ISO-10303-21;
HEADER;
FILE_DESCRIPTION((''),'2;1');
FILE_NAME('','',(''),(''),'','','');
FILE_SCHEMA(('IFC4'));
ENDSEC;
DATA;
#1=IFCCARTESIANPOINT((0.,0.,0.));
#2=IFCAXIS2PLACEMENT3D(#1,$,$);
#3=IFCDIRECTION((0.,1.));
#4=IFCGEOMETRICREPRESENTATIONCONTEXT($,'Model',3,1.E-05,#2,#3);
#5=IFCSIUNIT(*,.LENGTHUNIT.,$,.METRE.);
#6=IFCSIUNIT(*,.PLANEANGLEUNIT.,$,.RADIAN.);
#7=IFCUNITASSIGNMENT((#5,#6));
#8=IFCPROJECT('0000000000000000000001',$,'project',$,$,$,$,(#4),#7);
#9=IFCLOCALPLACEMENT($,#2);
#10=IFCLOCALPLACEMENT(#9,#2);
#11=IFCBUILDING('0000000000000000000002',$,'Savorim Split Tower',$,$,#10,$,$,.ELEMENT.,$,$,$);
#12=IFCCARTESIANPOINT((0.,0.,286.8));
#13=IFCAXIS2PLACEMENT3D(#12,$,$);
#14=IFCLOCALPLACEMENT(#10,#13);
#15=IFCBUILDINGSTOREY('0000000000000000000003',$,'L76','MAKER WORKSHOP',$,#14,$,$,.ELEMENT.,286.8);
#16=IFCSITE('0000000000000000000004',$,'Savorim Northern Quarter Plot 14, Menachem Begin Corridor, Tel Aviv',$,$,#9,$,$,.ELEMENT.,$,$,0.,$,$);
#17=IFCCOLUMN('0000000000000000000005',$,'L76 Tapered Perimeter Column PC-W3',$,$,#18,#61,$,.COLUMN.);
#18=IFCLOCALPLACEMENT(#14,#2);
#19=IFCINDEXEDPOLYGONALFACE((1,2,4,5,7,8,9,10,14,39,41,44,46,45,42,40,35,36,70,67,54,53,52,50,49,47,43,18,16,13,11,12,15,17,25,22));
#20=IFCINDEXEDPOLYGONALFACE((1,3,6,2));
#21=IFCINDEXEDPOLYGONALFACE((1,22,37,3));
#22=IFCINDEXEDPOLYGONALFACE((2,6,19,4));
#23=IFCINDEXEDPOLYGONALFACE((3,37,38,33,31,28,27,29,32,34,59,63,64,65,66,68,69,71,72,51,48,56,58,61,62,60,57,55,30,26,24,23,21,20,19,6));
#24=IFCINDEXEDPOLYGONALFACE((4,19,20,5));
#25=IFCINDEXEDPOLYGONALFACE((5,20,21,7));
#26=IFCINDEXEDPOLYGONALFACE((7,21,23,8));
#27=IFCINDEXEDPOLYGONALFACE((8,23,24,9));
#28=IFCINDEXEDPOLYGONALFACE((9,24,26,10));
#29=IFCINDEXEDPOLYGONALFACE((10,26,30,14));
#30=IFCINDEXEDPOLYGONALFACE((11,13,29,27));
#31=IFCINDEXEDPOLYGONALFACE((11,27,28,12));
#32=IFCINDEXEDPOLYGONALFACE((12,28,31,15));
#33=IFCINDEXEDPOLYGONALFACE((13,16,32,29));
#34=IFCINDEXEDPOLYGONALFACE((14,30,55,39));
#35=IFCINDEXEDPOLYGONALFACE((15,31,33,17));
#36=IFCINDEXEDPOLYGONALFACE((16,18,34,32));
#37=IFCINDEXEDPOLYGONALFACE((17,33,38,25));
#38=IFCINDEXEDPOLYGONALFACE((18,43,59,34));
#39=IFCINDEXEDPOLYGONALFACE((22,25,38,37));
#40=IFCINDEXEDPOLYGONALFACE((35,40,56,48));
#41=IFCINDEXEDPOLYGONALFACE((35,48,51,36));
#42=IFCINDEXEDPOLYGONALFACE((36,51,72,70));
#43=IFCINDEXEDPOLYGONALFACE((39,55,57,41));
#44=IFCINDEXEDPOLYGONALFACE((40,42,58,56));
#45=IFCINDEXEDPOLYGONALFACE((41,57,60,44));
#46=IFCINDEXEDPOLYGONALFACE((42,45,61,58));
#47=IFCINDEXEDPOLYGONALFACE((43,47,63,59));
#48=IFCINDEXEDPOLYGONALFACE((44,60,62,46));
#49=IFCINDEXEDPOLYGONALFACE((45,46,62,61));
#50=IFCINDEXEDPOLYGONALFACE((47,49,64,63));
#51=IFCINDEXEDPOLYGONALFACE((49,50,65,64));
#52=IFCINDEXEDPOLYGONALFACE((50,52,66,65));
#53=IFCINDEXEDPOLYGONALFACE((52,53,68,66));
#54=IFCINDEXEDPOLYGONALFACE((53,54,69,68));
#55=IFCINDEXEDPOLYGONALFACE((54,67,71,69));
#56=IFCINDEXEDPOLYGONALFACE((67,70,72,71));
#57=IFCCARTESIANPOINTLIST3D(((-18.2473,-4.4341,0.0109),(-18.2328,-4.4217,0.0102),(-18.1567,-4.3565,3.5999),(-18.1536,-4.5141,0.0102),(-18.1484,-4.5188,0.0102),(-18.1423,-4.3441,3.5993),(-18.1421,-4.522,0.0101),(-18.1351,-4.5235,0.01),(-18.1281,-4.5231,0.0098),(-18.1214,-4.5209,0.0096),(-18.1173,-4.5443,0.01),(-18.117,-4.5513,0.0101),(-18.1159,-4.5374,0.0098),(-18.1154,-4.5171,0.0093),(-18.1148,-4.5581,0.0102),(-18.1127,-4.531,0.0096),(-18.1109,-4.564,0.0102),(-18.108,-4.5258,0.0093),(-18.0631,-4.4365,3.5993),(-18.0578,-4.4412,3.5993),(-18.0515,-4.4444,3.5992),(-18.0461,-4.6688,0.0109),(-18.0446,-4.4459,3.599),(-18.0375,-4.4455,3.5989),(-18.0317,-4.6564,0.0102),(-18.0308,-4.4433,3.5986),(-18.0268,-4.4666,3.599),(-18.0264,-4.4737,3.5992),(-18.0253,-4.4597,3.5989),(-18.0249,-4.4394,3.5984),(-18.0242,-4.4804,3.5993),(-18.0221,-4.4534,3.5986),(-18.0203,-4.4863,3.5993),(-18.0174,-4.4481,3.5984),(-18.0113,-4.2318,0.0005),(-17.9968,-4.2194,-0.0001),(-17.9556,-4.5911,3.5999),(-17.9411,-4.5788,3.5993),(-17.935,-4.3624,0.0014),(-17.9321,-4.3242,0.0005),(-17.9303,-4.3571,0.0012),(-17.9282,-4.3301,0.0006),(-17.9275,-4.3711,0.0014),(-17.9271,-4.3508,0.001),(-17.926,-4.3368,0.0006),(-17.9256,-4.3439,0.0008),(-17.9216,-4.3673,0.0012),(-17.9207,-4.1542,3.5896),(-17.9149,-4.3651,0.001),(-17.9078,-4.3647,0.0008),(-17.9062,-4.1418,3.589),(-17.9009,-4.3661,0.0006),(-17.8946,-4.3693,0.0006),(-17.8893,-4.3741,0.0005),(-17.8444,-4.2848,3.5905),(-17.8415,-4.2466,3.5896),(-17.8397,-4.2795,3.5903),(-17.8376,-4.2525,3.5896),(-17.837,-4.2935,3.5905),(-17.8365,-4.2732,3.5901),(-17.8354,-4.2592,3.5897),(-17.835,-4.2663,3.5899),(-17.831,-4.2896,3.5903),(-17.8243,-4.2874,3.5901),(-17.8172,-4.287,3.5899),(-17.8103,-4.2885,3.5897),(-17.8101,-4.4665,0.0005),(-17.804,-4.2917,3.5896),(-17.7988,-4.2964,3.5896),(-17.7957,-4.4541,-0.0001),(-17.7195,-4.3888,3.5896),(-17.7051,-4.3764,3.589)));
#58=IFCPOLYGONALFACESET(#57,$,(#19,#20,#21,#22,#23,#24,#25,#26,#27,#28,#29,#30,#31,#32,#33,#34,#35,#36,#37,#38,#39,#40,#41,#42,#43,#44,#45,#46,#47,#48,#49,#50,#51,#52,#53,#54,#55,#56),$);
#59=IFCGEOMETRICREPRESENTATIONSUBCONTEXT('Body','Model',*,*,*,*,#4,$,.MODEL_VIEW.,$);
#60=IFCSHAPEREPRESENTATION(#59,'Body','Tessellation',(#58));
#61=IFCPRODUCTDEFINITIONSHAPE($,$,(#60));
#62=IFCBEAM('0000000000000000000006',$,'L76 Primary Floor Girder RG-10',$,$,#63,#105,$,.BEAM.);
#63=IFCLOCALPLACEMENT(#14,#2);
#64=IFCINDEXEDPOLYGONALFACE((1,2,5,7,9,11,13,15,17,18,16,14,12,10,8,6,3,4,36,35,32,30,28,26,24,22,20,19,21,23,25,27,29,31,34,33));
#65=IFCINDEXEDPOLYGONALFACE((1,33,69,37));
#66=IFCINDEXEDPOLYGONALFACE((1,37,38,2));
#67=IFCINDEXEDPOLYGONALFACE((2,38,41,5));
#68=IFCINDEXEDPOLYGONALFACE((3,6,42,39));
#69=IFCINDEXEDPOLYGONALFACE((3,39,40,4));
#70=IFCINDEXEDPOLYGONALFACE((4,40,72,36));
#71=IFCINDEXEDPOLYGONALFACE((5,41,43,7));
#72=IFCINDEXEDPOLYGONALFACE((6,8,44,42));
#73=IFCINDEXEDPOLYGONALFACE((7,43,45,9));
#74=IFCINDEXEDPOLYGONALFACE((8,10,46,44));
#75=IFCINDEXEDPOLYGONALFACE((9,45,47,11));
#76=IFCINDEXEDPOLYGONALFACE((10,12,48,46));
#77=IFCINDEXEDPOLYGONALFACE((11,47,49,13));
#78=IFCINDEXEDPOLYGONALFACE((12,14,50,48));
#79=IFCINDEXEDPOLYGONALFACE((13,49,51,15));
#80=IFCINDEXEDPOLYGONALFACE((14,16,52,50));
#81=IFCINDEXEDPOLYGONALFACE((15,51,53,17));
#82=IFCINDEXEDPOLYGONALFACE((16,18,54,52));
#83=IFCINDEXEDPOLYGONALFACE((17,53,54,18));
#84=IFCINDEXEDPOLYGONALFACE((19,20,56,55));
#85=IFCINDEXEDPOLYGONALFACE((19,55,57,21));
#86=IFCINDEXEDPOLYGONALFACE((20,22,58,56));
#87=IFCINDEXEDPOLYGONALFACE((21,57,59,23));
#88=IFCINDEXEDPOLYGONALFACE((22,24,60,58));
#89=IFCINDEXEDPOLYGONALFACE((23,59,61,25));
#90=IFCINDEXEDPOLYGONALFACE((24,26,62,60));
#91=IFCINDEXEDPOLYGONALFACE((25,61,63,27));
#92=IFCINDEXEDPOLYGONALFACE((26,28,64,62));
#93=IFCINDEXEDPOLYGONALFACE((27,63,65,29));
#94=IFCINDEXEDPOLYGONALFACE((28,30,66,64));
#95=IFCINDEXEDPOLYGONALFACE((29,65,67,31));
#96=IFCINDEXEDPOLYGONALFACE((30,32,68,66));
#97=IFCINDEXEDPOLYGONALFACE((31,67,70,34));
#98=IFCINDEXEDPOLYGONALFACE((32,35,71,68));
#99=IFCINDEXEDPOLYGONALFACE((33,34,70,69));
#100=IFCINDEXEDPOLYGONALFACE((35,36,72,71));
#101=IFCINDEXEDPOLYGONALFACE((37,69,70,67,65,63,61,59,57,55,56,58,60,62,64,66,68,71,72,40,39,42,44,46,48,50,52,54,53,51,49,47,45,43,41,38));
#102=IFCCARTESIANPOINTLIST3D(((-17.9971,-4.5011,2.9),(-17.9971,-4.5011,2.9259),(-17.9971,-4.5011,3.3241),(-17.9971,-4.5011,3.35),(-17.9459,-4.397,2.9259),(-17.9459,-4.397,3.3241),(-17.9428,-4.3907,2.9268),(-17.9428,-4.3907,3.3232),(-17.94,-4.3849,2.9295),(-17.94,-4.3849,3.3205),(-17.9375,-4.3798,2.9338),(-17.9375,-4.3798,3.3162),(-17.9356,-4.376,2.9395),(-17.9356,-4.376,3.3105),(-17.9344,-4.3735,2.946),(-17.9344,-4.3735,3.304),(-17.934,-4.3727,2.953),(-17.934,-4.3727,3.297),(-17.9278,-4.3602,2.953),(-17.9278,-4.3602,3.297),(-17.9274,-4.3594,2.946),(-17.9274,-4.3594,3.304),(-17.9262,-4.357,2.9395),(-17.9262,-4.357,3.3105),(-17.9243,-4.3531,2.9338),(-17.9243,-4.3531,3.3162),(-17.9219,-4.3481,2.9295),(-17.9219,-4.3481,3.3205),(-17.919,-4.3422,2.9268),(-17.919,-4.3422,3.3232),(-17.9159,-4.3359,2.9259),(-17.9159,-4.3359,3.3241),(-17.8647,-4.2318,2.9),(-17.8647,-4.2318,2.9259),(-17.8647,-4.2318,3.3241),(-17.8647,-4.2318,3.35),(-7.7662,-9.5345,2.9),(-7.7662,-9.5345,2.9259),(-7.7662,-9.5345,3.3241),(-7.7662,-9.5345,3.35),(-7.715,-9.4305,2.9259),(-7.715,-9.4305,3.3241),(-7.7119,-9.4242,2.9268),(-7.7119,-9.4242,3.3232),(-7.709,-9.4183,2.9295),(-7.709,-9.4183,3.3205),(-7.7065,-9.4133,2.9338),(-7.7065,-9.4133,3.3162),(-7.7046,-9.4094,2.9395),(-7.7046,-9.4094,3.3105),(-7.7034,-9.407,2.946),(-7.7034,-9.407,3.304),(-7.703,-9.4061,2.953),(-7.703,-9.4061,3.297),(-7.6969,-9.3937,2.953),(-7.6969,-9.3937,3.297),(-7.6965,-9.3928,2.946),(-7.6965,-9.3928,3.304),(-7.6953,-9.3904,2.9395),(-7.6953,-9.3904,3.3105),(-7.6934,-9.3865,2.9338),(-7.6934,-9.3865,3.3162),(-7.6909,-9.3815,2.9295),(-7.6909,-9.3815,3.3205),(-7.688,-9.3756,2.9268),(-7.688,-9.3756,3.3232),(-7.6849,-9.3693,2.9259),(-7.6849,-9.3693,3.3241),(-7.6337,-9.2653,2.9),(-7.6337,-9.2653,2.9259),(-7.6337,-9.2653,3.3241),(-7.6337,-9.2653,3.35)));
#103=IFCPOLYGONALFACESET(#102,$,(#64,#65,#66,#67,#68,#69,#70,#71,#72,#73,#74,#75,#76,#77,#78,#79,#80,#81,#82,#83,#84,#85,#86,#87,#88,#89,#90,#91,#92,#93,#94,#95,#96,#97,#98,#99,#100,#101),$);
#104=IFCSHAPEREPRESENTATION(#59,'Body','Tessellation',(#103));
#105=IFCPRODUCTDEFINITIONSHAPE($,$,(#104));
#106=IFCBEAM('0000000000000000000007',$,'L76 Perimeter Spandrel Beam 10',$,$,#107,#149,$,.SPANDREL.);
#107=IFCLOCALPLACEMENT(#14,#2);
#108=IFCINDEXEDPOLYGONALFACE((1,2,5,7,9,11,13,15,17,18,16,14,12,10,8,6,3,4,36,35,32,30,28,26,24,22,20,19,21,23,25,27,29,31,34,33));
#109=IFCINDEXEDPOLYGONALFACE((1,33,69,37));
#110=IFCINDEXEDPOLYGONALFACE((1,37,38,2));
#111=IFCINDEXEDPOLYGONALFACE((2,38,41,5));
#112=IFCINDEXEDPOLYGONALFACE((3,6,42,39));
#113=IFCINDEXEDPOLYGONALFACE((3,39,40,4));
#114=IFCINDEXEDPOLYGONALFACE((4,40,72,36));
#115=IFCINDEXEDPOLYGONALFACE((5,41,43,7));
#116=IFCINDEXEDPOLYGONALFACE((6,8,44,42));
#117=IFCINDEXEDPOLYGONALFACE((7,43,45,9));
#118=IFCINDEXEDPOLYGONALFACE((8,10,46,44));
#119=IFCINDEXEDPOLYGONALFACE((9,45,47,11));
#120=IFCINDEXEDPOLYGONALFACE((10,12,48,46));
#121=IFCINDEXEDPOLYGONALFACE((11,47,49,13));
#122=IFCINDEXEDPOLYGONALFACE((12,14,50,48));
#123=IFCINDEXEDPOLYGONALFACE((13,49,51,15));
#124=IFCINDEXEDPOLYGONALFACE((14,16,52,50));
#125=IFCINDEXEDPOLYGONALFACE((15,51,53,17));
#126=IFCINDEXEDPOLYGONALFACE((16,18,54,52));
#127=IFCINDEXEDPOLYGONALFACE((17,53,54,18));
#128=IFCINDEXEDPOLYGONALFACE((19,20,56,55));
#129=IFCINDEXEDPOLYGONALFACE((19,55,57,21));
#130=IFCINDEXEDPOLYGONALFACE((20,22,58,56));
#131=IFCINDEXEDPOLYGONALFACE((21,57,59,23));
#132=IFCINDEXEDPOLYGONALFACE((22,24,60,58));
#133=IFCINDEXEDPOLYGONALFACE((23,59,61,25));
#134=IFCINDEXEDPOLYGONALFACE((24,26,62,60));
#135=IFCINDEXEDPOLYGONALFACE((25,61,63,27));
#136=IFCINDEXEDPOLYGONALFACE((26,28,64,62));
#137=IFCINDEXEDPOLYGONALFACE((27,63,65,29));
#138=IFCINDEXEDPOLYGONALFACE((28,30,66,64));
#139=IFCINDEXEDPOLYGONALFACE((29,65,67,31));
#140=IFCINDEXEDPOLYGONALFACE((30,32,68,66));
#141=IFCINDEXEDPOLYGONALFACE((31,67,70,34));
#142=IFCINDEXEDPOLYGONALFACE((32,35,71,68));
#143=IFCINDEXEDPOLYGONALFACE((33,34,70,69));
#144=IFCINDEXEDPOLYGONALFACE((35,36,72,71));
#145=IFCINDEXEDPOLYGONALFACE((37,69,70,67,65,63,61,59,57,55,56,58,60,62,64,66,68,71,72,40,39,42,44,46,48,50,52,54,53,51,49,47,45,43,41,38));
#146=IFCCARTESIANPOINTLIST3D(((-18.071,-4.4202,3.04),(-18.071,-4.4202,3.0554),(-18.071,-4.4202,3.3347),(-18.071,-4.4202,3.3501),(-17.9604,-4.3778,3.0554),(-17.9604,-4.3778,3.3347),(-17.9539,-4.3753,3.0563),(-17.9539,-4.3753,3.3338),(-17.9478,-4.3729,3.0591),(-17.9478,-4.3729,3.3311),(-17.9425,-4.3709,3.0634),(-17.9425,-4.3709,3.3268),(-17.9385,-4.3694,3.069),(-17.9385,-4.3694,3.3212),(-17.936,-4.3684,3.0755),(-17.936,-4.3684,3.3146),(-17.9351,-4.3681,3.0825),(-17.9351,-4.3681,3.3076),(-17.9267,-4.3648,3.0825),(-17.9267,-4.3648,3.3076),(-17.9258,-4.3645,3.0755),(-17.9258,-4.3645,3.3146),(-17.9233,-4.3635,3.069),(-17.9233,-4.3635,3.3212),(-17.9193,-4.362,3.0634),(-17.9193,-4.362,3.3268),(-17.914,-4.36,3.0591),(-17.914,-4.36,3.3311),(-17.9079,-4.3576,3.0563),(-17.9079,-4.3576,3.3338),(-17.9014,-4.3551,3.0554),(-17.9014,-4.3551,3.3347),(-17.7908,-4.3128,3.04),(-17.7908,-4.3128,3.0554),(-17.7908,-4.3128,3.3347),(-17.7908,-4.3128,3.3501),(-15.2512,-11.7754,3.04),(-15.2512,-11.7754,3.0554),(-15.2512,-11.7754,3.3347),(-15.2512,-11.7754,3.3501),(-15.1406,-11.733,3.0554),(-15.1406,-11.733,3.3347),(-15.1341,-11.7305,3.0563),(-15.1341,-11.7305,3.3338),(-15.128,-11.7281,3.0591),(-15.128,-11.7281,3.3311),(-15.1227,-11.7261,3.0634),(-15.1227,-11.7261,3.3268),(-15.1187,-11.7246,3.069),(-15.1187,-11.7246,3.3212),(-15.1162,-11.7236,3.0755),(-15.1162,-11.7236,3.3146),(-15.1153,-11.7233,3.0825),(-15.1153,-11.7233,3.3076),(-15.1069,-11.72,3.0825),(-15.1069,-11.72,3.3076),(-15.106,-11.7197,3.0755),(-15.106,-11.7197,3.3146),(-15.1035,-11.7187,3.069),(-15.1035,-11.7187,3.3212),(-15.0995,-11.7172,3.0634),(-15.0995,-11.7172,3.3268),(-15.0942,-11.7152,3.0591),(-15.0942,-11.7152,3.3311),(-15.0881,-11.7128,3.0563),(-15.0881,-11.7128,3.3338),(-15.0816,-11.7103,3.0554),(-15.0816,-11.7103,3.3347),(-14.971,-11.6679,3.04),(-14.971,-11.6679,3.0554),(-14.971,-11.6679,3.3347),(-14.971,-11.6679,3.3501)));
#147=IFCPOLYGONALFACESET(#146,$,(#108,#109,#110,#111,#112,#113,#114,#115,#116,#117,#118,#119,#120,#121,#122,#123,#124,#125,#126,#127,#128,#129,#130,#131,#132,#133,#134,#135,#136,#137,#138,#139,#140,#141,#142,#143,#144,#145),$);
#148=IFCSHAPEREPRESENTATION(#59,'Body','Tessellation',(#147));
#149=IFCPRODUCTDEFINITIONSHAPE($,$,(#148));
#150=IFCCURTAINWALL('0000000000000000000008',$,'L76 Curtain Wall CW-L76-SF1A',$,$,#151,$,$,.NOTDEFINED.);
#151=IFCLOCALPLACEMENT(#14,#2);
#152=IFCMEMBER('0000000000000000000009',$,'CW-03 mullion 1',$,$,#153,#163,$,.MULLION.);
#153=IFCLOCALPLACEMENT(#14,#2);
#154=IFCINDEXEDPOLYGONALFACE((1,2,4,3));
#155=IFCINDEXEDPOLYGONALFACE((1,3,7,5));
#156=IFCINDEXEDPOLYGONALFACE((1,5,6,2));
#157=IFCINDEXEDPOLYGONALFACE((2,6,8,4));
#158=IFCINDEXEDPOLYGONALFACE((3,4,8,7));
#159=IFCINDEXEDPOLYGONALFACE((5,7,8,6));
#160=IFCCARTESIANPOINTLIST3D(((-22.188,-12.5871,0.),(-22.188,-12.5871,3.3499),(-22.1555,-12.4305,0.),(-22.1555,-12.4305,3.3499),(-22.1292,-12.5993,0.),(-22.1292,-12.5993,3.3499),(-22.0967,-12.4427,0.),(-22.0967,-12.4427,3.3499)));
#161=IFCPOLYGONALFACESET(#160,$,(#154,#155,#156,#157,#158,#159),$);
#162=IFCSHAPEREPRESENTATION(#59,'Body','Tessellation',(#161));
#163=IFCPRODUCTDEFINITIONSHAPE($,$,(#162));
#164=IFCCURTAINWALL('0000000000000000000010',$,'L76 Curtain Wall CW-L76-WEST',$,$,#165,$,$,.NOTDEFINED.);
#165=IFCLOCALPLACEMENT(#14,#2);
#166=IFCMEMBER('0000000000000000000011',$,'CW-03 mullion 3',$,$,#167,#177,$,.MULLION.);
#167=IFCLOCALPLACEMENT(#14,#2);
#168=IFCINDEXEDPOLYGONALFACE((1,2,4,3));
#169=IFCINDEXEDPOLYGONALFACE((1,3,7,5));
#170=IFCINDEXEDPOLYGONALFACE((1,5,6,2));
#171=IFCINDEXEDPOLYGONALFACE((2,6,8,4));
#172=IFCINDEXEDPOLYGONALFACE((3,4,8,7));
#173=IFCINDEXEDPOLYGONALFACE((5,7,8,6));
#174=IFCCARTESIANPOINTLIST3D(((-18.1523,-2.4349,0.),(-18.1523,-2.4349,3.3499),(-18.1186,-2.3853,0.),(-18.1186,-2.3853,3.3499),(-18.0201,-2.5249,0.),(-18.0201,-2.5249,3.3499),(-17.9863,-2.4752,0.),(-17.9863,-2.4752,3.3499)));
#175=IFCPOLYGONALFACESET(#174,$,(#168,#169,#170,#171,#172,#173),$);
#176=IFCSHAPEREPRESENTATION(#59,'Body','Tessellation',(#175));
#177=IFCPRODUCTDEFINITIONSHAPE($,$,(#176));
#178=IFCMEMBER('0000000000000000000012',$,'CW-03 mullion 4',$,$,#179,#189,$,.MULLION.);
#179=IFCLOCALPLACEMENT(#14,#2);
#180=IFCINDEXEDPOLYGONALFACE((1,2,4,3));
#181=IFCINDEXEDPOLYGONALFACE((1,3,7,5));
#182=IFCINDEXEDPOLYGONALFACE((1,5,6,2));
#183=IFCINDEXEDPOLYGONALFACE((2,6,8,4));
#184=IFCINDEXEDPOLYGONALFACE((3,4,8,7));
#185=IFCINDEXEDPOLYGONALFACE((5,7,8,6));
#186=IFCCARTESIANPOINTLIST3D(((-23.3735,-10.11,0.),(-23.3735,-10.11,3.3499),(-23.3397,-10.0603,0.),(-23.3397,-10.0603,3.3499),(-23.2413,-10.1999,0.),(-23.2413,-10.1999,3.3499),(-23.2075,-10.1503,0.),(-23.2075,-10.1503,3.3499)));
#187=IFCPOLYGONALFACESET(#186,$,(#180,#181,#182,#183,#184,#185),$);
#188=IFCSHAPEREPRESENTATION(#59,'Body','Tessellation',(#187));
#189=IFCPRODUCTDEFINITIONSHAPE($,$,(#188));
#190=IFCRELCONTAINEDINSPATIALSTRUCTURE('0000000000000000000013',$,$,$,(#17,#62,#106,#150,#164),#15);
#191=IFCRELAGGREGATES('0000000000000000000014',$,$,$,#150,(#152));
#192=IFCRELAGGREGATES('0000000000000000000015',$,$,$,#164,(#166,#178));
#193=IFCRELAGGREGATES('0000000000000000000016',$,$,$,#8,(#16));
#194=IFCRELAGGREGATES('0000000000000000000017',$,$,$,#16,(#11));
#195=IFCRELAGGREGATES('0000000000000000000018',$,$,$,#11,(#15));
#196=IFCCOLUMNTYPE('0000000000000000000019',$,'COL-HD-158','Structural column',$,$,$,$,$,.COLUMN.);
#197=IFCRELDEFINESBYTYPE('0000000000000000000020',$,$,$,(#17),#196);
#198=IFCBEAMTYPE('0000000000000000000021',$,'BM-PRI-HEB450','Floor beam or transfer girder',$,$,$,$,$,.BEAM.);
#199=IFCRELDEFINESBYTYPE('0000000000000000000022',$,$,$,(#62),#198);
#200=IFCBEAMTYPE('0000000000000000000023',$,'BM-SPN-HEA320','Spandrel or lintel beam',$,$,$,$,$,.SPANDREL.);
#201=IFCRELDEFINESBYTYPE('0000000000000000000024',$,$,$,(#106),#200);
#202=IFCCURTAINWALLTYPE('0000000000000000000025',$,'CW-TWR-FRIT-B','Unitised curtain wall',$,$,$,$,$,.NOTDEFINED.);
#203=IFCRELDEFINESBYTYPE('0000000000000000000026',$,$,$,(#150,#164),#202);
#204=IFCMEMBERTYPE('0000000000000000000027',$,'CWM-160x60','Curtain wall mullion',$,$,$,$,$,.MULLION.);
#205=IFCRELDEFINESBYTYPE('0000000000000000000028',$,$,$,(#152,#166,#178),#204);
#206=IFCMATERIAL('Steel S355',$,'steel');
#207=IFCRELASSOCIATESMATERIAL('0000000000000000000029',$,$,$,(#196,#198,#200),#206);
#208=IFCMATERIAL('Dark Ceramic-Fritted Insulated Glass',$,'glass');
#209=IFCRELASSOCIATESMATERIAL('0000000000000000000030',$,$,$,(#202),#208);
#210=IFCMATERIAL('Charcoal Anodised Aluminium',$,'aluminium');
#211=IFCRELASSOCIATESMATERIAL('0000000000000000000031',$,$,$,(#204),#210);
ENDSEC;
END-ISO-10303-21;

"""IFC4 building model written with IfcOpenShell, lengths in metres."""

from ifc_helpers import new_model, si_unit, direction, frame, origin, origin_2d, place, context, subcontext, project, spatial, rectangle, i_section, extrude, material, material_profile, profile_set, type_object, element, aggregate, save


model = new_model("IFC4")

# Units and contexts
model_context = context("Model", 3, precision=1e-05, world=origin(), true_north=direction((0.0, 1.0)))
body_context = subcontext(model_context, "Body", "Model", "MODEL_VIEW")
ifc_project = project(units=[si_unit("LENGTHUNIT", "METRE"), si_unit("PLANEANGLEUNIT", "RADIAN")], contexts=[model_context])

# Site, building, storey
site_placement = place(None, origin())
site = spatial("IfcSite", under=ifc_project, at=site_placement, Name="Savorim Northern Quarter Plot 14, Menachem Begin Corridor, Tel Aviv", CompositionType="ELEMENT", RefElevation=0.0)
building_placement = place(site_placement, origin())
building = spatial("IfcBuilding", under=site, at=building_placement, Name="Savorim Split Tower", CompositionType="ELEMENT")
storey_placement = place(building_placement, frame((0.0, 0.0, 286.8)))
storey = spatial("IfcBuildingStorey", under=building, at=storey_placement, Name="L76", Description="MAKER WORKSHOP", CompositionType="ELEMENT", Elevation=286.8)

# Column
ifc_material_1 = material(Name="Steel S355", Category="steel")
ifc_material_profile_1 = material_profile(ifc_material_1, i_section(OverallWidth=0.3091, OverallDepth=0.3301, WebThickness=0.0115, FlangeThickness=0.019, FilletRadius=0.0271, at=origin_2d()), Name="HD 320x158")
ifc_profile_set_1 = profile_set([ifc_material_profile_1], Name="Steel S355")
column_type = type_object("IfcColumnType", Name="COL-HD-158", Description="Structural column", PredefinedType="COLUMN", material=ifc_profile_set_1)
column_placement = place(storey_placement, frame((-18.0215, -4.4441, 0.0054), z_axis=(0.025222, 0.021619, 0.999448), x_axis=(-0.650791, 0.759257, 0.0)))
element("IfcColumn", 1, at=column_placement, inside=storey, type_object=column_type, Name="L76 Tapered Perimeter Column PC-W3", PredefinedType="COLUMN", context=body_context, shape_type="SweptSolid", body=[
    extrude(i_section(OverallWidth=0.3091, OverallDepth=0.3301, WebThickness=0.0115, FlangeThickness=0.019, FilletRadius=0.0271, at=origin_2d()), origin(), (0.0, 0.0, 1.0), 3.5911),
])

# Beams
ifc_material_profile_2 = material_profile(ifc_material_1, i_section(OverallWidth=0.3, OverallDepth=0.45, WebThickness=0.0139, FlangeThickness=0.0259, FilletRadius=0.0271, at=origin_2d()), Name="HEB 450")
ifc_profile_set_2 = profile_set([ifc_material_profile_2], Name="Steel S355")
beam_type_1 = type_object("IfcBeamType", Name="BM-PRI-HEB450", Description="Floor beam or transfer girder", PredefinedType="BEAM", material=ifc_profile_set_2)
beam_1_placement = place(storey_placement, frame((-17.9309, -4.3665, 3.125), z_axis=(0.897286, -0.441449, 0.0), x_axis=(0.441449, 0.897286, 0.0)))
element("IfcBeam", 2, at=beam_1_placement, inside=storey, type_object=beam_type_1, Name="L76 Primary Floor Girder RG-10", PredefinedType="BEAM", context=body_context, shape_type="SweptSolid", body=[
    extrude(i_section(OverallWidth=0.3, OverallDepth=0.45, WebThickness=0.0139, FlangeThickness=0.0259, FilletRadius=0.0271, at=origin_2d()), origin(), (0.0, 0.0, 1.0), 11.4021),
])
ifc_material_profile_3 = material_profile(ifc_material_1, i_section(OverallWidth=0.3, OverallDepth=0.3101, WebThickness=0.009, FlangeThickness=0.0154, FilletRadius=0.0271, at=origin_2d()), Name="HEA 320")
ifc_profile_set_3 = profile_set([ifc_material_profile_3], Name="Steel S355")
beam_type_2 = type_object("IfcBeamType", Name="BM-SPN-HEA320", Description="Spandrel or lintel beam", PredefinedType="SPANDREL", material=ifc_profile_set_3)
beam_2_placement = place(storey_placement, frame((-17.9309, -4.3665, 3.1951), z_axis=(0.357972, -0.933732, 0.0), x_axis=(0.933732, 0.357972, 0.0)))
element("IfcBeam", 3, at=beam_2_placement, inside=storey, type_object=beam_type_2, Name="L76 Perimeter Spandrel Beam 10", PredefinedType="SPANDREL", context=body_context, shape_type="SweptSolid", body=[
    extrude(i_section(OverallWidth=0.3, OverallDepth=0.3101, WebThickness=0.009, FlangeThickness=0.0154, FilletRadius=0.0271, at=origin_2d()), origin(), (0.0, 0.0, 1.0), 7.8772),
])

# Curtain wall, member
ifc_material_2 = material(Name="Dark Ceramic-Fritted Insulated Glass", Category="glass")
curtain_wall_type = type_object("IfcCurtainWallType", Name="CW-TWR-FRIT-B", Description="Unitised curtain wall", PredefinedType="NOTDEFINED", material=ifc_material_2)
curtain_wall_1_placement = place(storey_placement, origin())
curtain_wall_1 = element("IfcCurtainWall", 4, at=curtain_wall_1_placement, inside=storey, type_object=curtain_wall_type, Name="L76 Curtain Wall CW-L76-SF1A", PredefinedType="NOTDEFINED")
ifc_material_3 = material(Name="Charcoal Anodised Aluminium", Category="aluminium")
ifc_material_profile_4 = material_profile(ifc_material_3, rectangle(XDim=0.1599, YDim=0.0601, at=origin_2d()), Name="ALU-M 160x60")
ifc_profile_set_4 = profile_set([ifc_material_profile_4], Name="Charcoal Anodised Aluminium")
member_type_1 = type_object("IfcMemberType", Name="CWM-160x60", Description="Curtain wall mullion", PredefinedType="MULLION", material=ifc_profile_set_4)
member_1_placement = place(storey_placement, frame((-22.1423, -12.5149, 0.0), z_axis=(0.0, 0.0, 1.0), x_axis=(0.203215, 0.979134, 0.0)))
member_1 = element("IfcMember", 5, at=member_1_placement, type_object=member_type_1, Name="CW-03 mullion 1", PredefinedType="MULLION", context=body_context, shape_type="SweptSolid", body=[
    extrude(rectangle(XDim=0.1599, YDim=0.0601, at=origin_2d()), origin(), (0.0, 0.0, 1.0), 3.3499),
])

# Curtain wall, members
curtain_wall_2_placement = place(storey_placement, origin())
curtain_wall_2 = element("IfcCurtainWall", 6, at=curtain_wall_2_placement, inside=storey, type_object=curtain_wall_type, Name="L76 Curtain Wall CW-L76-WEST", PredefinedType="NOTDEFINED")
member_2_placement = place(storey_placement, frame((-18.0693, -2.4551, 0.0), z_axis=(0.0, 0.0, 1.0), x_axis=(0.826818, -0.56247, 0.0)))
member_2 = element("IfcMember", 7, at=member_2_placement, type_object=member_type_1, Name="CW-03 mullion 3", PredefinedType="MULLION", context=body_context, shape_type="SweptSolid", body=[
    extrude(rectangle(XDim=0.1599, YDim=0.0601, at=origin_2d()), origin(), (0.0, 0.0, 1.0), 3.3499),
])
member_3_placement = place(storey_placement, frame((-23.2905, -10.1301, 0.0), z_axis=(0.0, 0.0, 1.0), x_axis=(0.826818, -0.56247, 0.0)))
member_3 = element("IfcMember", 8, at=member_3_placement, type_object=member_type_1, Name="CW-03 mullion 4", PredefinedType="MULLION", context=body_context, shape_type="SweptSolid", body=[
    extrude(rectangle(XDim=0.1599, YDim=0.0601, at=origin_2d()), origin(), (0.0, 0.0, 1.0), 3.3499),
])

aggregate(curtain_wall_1, [member_1])
aggregate(curtain_wall_2, [member_2, member_3])

save(model, "model.ifc")
